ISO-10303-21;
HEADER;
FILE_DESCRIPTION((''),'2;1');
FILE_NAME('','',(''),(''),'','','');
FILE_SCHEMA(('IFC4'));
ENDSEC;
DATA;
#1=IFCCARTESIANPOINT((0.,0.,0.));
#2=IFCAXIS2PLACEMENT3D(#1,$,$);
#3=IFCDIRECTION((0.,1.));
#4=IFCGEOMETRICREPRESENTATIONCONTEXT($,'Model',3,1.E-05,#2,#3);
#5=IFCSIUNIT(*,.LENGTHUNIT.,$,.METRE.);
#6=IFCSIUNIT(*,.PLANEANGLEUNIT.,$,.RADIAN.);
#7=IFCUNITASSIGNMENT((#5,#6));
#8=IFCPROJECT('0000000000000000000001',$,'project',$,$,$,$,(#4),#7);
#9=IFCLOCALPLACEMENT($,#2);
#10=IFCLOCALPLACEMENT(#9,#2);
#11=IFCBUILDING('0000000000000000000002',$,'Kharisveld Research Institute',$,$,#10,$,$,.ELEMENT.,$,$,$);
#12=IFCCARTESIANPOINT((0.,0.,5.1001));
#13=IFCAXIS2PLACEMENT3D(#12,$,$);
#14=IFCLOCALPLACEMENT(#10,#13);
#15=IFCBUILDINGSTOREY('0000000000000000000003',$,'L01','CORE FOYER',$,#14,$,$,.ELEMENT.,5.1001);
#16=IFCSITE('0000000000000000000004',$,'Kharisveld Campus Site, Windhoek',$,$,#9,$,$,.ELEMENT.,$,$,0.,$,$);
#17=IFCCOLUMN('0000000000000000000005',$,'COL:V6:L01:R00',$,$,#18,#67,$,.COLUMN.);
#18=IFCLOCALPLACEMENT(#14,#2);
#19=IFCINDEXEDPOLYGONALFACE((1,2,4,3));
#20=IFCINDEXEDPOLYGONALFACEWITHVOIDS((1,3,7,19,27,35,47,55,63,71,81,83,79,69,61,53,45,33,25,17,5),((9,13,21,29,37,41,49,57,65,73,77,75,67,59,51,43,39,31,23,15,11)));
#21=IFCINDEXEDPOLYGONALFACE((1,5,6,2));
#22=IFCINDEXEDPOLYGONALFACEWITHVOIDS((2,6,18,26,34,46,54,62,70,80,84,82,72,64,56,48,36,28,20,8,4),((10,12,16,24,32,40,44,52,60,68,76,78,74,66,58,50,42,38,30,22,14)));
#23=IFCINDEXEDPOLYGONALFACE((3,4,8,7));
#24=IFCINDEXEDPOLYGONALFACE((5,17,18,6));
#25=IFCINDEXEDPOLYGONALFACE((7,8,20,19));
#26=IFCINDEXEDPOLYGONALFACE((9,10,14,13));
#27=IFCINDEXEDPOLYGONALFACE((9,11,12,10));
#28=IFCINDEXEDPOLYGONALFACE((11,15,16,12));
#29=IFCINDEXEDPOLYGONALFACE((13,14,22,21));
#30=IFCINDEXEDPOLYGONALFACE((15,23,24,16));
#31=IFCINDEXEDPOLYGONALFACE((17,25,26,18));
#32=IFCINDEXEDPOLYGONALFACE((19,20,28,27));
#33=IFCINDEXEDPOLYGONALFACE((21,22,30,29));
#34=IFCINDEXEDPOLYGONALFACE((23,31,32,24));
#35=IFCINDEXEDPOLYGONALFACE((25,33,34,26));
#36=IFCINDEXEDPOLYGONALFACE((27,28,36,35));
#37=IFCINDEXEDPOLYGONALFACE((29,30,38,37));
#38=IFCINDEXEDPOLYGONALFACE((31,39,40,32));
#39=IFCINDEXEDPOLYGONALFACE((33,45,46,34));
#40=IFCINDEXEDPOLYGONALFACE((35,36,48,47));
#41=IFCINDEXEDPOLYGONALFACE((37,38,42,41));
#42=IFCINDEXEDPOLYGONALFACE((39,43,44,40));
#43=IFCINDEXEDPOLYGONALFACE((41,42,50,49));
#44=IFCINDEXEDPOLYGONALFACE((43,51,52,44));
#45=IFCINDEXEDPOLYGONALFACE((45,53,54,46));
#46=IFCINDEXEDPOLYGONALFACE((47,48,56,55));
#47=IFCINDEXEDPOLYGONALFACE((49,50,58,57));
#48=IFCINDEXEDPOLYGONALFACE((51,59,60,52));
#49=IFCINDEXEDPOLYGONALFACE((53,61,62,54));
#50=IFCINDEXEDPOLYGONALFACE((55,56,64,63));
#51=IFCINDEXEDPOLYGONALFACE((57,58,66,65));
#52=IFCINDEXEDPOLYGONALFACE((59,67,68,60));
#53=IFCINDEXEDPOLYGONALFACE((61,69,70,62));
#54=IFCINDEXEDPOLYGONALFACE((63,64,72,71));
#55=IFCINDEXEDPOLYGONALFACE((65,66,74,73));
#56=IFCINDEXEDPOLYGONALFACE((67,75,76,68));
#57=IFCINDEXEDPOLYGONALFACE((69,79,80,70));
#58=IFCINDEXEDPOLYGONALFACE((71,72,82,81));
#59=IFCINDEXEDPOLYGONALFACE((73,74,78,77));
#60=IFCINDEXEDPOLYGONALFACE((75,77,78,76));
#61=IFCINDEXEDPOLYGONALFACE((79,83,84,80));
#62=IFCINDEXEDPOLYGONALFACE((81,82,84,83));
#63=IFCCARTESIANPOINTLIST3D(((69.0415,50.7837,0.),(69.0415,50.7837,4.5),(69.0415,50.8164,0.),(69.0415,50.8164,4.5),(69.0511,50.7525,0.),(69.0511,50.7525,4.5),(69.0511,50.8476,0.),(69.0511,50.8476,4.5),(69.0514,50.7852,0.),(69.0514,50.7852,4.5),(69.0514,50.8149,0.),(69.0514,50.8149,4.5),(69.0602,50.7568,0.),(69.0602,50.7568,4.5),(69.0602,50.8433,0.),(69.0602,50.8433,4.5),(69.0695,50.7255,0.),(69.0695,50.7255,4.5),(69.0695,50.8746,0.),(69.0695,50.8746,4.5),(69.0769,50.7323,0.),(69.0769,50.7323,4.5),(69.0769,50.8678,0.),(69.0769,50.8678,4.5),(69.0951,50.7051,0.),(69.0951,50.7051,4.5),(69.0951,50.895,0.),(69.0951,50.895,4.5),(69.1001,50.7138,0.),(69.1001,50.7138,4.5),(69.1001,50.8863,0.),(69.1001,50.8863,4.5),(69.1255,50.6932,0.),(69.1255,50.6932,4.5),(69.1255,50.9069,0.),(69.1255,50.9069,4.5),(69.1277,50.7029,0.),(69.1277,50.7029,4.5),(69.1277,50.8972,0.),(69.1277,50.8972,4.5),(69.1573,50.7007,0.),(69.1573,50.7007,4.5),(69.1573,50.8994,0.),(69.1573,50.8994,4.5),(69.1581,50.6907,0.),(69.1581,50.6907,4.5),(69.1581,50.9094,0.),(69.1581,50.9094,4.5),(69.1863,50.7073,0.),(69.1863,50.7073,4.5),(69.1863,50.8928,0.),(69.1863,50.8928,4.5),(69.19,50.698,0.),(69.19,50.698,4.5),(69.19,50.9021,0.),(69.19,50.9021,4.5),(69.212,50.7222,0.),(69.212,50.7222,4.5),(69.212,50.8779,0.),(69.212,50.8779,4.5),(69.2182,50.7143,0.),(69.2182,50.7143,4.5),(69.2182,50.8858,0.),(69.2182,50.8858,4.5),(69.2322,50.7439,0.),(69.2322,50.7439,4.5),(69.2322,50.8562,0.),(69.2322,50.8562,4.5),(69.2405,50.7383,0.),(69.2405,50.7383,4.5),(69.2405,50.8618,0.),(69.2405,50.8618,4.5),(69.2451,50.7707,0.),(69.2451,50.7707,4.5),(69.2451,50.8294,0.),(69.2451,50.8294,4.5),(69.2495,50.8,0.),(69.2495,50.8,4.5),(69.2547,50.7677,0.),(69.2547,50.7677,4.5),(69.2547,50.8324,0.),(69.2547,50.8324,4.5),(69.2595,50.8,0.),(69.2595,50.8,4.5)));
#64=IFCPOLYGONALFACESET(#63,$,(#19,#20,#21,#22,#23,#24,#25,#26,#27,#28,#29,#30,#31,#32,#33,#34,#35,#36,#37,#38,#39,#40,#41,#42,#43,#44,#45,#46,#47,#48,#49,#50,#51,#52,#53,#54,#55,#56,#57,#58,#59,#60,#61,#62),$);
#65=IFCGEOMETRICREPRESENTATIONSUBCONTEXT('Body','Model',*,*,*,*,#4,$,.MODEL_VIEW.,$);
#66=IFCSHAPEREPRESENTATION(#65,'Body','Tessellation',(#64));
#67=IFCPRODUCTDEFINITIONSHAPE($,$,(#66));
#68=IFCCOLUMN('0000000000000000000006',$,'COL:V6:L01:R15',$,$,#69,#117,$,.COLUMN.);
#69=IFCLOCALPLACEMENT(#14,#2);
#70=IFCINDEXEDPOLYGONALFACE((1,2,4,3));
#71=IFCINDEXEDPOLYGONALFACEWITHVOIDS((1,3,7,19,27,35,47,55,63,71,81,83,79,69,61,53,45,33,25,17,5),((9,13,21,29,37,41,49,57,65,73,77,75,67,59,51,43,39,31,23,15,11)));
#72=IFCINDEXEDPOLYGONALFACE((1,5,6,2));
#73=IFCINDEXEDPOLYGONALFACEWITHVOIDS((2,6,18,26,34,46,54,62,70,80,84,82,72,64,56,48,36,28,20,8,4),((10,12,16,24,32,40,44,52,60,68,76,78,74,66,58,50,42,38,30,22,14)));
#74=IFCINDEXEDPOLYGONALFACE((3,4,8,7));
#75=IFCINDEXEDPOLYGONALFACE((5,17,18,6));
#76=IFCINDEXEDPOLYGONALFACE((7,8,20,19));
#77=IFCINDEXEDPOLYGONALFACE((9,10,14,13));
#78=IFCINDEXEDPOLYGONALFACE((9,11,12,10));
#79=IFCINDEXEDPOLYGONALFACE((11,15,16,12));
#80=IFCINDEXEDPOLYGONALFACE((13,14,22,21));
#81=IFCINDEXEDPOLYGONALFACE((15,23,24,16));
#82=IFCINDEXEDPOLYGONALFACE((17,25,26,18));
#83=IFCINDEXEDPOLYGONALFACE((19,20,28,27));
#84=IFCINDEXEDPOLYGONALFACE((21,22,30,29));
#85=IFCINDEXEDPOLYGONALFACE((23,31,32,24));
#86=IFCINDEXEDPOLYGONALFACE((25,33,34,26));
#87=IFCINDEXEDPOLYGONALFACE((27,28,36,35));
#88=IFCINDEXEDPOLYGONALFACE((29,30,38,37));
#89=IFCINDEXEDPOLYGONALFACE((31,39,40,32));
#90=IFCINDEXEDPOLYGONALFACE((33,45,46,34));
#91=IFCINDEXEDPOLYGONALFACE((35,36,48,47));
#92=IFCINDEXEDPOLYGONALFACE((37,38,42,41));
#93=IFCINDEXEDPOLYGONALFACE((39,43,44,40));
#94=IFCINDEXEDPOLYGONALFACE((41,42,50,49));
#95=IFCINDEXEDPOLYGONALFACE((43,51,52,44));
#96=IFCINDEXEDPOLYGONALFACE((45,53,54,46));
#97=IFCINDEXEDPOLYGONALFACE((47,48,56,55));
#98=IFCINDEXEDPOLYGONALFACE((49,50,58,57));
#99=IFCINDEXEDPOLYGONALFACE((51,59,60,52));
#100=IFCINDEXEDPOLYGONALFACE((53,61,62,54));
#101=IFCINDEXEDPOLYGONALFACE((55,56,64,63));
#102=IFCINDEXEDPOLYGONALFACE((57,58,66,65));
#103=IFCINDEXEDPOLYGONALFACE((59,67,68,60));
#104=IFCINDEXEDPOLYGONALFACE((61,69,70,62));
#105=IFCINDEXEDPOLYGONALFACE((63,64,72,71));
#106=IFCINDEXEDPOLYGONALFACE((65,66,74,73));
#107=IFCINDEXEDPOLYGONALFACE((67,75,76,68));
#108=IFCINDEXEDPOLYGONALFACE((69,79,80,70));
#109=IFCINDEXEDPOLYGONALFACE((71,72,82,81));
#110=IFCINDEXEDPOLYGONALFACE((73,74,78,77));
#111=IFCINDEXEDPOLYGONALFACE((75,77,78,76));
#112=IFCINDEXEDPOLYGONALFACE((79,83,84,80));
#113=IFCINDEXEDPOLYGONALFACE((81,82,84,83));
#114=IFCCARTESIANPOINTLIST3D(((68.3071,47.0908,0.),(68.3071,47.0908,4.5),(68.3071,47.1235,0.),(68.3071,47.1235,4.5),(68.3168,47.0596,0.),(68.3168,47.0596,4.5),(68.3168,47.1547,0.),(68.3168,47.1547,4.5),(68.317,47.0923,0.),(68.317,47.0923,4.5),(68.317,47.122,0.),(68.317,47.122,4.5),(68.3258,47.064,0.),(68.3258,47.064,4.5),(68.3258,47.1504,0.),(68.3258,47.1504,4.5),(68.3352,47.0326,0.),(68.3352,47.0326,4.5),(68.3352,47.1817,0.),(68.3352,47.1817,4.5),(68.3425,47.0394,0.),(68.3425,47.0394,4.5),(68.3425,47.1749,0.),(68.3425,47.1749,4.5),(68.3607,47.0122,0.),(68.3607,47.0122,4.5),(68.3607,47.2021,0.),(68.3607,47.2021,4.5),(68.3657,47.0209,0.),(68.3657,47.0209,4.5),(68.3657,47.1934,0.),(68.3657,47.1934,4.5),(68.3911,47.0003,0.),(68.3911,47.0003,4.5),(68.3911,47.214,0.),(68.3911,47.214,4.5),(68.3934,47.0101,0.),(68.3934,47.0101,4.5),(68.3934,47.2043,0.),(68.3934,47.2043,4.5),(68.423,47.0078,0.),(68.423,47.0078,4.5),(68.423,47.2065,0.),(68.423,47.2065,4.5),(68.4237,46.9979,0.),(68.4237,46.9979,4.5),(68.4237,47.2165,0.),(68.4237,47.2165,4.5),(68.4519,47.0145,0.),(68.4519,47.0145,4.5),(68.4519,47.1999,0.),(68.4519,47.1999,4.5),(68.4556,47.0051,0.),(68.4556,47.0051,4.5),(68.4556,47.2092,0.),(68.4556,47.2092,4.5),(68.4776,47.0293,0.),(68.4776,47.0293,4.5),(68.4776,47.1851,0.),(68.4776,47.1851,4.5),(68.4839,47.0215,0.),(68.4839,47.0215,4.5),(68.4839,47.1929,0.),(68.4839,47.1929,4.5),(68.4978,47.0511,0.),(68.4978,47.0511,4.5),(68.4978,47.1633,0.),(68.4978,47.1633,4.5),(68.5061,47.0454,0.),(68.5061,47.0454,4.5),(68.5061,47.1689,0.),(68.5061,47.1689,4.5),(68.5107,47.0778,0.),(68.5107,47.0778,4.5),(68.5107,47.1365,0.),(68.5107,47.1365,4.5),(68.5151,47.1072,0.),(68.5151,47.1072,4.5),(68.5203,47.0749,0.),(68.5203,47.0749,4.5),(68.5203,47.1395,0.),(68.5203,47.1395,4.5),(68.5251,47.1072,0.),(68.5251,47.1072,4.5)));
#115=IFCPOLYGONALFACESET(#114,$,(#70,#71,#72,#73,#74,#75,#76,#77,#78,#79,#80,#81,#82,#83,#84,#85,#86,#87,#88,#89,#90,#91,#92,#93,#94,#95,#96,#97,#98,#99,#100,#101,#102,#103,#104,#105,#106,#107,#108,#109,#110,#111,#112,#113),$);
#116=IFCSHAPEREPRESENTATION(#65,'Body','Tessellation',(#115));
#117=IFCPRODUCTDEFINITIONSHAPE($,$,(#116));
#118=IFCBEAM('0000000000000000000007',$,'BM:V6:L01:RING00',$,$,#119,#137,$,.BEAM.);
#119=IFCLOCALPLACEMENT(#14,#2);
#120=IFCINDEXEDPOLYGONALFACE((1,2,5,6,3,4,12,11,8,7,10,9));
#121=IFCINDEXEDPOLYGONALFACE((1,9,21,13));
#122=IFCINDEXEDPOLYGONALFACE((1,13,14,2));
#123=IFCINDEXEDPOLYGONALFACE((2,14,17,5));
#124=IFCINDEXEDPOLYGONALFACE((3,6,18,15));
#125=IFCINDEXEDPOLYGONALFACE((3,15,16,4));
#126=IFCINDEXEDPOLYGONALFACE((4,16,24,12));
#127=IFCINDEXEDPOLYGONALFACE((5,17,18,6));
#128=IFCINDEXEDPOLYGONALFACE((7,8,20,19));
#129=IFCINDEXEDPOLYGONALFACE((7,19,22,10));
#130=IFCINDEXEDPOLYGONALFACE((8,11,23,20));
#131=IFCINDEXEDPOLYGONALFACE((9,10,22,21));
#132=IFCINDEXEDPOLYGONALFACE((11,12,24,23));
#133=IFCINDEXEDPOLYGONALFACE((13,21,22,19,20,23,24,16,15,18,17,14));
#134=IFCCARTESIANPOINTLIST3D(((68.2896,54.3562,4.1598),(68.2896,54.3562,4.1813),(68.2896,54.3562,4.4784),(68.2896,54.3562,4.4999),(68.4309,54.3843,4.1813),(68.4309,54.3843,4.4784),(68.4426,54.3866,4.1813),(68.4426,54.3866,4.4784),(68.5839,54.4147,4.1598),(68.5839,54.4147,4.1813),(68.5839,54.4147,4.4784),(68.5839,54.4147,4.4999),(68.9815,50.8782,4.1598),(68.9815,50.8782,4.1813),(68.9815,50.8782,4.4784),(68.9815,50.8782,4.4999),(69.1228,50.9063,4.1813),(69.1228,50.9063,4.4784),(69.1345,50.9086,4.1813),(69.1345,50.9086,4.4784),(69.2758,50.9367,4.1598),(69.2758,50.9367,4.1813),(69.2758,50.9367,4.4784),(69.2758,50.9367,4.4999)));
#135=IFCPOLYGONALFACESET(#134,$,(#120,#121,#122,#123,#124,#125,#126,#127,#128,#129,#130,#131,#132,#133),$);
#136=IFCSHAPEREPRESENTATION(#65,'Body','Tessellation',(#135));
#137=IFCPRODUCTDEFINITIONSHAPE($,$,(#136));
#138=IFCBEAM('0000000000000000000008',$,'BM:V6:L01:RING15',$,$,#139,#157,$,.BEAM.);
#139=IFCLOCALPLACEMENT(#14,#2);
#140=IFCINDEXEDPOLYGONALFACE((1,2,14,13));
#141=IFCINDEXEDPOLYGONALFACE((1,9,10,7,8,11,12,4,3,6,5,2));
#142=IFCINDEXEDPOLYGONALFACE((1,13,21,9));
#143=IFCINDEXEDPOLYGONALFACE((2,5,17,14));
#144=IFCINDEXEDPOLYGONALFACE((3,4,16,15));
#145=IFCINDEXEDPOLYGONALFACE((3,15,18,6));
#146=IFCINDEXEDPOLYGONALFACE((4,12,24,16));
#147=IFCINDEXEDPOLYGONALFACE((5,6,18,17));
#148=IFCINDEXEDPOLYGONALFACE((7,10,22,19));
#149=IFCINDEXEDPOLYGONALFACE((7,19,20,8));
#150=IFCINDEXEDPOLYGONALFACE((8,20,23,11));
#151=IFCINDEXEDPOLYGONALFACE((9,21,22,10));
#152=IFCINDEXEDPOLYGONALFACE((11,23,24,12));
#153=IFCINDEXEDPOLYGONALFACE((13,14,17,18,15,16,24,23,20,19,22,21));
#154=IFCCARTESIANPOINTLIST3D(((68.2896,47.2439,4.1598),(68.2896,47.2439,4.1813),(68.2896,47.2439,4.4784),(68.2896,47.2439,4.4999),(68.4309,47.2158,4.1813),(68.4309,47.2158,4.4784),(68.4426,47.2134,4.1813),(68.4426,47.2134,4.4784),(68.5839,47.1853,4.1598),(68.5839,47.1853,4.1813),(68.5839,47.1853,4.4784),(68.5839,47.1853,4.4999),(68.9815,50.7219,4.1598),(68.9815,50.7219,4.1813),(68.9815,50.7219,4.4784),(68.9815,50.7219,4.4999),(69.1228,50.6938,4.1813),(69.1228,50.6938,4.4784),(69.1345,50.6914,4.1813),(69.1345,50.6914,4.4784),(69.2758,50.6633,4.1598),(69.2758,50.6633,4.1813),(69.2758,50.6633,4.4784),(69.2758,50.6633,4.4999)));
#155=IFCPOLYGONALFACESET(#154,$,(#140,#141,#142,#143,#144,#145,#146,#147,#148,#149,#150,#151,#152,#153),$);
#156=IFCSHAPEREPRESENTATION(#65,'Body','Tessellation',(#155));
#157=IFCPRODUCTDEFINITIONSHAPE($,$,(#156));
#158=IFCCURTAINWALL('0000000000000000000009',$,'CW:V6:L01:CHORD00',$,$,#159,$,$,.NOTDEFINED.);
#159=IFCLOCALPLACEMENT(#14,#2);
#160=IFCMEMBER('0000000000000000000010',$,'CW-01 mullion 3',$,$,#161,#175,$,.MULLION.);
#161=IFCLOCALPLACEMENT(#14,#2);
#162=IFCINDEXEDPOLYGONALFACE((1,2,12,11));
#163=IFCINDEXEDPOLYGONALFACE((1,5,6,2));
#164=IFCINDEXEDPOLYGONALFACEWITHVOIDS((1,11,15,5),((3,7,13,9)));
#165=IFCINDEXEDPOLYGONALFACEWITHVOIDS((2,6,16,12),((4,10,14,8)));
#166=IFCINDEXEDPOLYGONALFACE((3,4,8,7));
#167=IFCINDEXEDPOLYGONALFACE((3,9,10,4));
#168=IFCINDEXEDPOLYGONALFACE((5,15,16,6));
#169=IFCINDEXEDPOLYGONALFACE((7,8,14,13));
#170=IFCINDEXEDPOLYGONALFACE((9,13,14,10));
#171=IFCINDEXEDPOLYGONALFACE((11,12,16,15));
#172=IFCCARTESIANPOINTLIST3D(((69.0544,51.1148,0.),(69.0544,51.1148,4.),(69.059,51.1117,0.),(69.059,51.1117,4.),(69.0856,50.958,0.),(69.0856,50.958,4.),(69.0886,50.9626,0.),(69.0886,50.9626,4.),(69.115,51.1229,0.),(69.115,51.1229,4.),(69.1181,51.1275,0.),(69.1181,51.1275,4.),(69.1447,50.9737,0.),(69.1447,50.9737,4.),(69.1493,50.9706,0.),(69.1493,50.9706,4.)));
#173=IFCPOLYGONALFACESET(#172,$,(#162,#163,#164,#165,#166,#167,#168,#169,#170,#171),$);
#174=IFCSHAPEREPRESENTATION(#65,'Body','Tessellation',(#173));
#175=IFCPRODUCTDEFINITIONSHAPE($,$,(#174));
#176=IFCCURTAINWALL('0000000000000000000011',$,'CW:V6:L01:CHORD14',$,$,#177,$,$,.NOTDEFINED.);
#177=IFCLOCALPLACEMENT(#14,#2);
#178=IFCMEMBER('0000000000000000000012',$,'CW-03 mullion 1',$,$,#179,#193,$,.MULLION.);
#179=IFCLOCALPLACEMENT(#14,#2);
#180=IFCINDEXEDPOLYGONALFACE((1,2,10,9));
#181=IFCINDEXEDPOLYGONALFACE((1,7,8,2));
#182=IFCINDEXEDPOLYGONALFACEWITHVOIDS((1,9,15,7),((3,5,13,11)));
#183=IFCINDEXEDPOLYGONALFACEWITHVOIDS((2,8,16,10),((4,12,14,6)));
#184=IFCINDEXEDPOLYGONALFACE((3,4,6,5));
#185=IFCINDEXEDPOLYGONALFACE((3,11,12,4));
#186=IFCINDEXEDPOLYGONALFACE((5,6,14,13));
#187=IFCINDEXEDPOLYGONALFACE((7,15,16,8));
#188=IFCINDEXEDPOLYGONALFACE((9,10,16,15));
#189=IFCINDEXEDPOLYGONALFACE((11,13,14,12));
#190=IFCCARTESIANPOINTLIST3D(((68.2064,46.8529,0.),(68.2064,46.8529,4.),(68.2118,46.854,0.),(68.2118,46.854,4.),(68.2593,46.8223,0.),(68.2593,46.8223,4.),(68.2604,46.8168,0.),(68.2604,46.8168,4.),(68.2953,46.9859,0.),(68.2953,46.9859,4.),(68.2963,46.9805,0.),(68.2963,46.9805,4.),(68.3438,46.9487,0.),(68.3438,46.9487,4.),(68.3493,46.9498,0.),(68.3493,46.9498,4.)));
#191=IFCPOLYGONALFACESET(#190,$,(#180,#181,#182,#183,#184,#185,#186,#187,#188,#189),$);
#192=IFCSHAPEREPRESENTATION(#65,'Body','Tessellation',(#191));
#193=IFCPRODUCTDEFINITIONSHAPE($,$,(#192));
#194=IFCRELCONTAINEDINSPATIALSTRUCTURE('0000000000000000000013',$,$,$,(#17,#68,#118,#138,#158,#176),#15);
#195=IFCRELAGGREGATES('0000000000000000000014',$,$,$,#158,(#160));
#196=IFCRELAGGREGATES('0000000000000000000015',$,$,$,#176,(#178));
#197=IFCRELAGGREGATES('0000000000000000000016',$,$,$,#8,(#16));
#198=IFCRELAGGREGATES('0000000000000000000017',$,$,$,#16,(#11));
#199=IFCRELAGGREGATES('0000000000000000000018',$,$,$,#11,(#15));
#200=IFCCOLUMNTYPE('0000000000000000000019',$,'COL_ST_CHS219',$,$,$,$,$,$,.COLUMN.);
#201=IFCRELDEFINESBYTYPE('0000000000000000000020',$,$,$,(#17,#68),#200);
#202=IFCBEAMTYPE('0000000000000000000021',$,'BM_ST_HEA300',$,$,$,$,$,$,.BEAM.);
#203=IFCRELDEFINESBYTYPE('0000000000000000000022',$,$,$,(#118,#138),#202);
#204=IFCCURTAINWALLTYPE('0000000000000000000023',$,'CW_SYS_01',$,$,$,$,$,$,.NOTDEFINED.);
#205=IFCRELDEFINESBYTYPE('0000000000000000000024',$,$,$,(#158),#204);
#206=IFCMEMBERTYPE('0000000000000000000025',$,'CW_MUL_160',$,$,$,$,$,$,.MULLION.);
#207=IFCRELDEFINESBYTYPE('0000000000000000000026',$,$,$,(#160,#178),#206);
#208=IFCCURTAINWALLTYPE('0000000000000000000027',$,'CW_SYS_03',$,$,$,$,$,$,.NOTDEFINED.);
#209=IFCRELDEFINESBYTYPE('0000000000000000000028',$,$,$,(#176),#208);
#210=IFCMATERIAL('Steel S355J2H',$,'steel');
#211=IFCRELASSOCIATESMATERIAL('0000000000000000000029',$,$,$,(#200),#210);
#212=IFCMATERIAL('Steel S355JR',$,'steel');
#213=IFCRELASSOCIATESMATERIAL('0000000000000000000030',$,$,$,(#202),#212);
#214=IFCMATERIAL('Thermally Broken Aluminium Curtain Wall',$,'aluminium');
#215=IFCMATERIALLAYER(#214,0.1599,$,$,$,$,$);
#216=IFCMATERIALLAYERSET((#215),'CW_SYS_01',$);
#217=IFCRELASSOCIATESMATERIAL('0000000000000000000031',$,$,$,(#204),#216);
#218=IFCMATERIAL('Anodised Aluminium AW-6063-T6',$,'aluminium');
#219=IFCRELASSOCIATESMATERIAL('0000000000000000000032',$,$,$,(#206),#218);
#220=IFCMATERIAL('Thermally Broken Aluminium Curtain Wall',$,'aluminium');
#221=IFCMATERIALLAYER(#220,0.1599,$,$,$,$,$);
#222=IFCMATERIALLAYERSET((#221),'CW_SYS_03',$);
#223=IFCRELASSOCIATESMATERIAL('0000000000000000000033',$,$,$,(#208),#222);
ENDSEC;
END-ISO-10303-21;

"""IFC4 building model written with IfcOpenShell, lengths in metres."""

from ifc_helpers import new_model, si_unit, direction, frame, origin, origin_2d, place, context, subcontext, project, spatial, hollow_rectangle, hollow_circle, i_section, extrude, material, layer, layer_set, material_profile, profile_set, type_object, element, aggregate, save


model = new_model("IFC4")

# Units and contexts
model_context = context("Model", 3, precision=1e-05, world=origin(), true_north=direction((0.0, 1.0)))
body_context = subcontext(model_context, "Body", "Model", "MODEL_VIEW")
ifc_project = project(units=[si_unit("LENGTHUNIT", "METRE"), si_unit("PLANEANGLEUNIT", "RADIAN")], contexts=[model_context])

# Site, building, storey
site_placement = place(None, origin())
site = spatial("IfcSite", under=ifc_project, at=site_placement, Name="Kharisveld Campus Site, Windhoek", CompositionType="ELEMENT", RefElevation=0.0)
building_placement = place(site_placement, origin())
building = spatial("IfcBuilding", under=site, at=building_placement, Name="Kharisveld Research Institute", CompositionType="ELEMENT")
storey_placement = place(building_placement, frame((0.0, 0.0, 5.1001)))
storey = spatial("IfcBuildingStorey", under=building, at=storey_placement, Name="L01", Description="CORE FOYER", CompositionType="ELEMENT", Elevation=5.1001)

# Columns
ifc_material_1 = material(Name="Steel S355J2H", Category="steel")
ifc_material_profile_1 = material_profile(ifc_material_1, hollow_circle(Radius=0.1096, WallThickness=0.01, at=origin_2d()))
ifc_profile_set_1 = profile_set([ifc_material_profile_1], Name="Steel S355J2H")
column_type = type_object("IfcColumnType", Name="COL_ST_CHS219", PredefinedType="COLUMN", material=ifc_profile_set_1)
for number, where, z_axis, x_axis, name in (
    (1, (69.1499, 50.8, 0.0), (0.0, 0.0, 1.0), (1.0, 0.0, 0.0), "COL:V6:L01:R00"),
    (2, (68.4155, 47.1072, 0.0), (0.0, 0.0, 1.0), (1.0, 0.0, 0.0), "COL:V6:L01:R15"),
):
    element("IfcColumn", number, at=place(storey_placement, frame(where, z_axis=z_axis, x_axis=x_axis)), inside=storey, type_object=column_type, Name=name, PredefinedType="COLUMN", context=body_context, shape_type="SweptSolid", body=[
        extrude(hollow_circle(Radius=0.1096, WallThickness=0.01, at=origin_2d()), origin(), (0.0, 0.0, 1.0), 4.5),
    ])

# Beams
ifc_material_2 = material(Name="Steel S355JR", Category="steel")
ifc_material_profile_2 = material_profile(ifc_material_2, i_section(OverallWidth=0.3, OverallDepth=0.3401, WebThickness=0.012, FlangeThickness=0.0215, at=origin_2d()))
ifc_profile_set_2 = profile_set([ifc_material_profile_2], Name="Steel S355JR")
beam_type = type_object("IfcBeamType", Name="BM_ST_HEA300", PredefinedType="BEAM", material=ifc_profile_set_2)
for number, where, z_axis, x_axis, name in (
    (3, (69.1287, 50.9075, 4.3298), (-0.19511, 0.980781, 0.0), (-0.980781, -0.19511, 0.0), "BM:V6:L01:RING00"),
    (4, (68.4368, 47.2146, 4.3298), (0.19511, 0.980781, 0.0), (-0.980781, 0.19511, 0.0), "BM:V6:L01:RING15"),
):
    element("IfcBeam", number, at=place(storey_placement, frame(where, z_axis=z_axis, x_axis=x_axis)), inside=storey, type_object=beam_type, Name=name, PredefinedType="BEAM", context=body_context, shape_type="SweptSolid", body=[
        extrude(i_section(OverallWidth=0.3, OverallDepth=0.3401, WebThickness=0.012, FlangeThickness=0.0215, at=origin_2d()), origin(), (0.0, 0.0, 1.0), 3.5461),
    ])

# Curtain walls, members
ifc_material_3 = material(Name="Thermally Broken Aluminium Curtain Wall", Category="aluminium")
ifc_layer_1 = layer(ifc_material_3, 0.1599)
ifc_layer_set_1 = layer_set([ifc_layer_1], Name="CW_SYS_01")
curtain_wall_type_1 = type_object("IfcCurtainWallType", Name="CW_SYS_01", PredefinedType="NOTDEFINED", material=ifc_layer_set_1)
curtain_wall_1_placement = place(storey_placement, origin())
curtain_wall_1 = element("IfcCurtainWall", 5, at=curtain_wall_1_placement, inside=storey, type_object=curtain_wall_type_1, Name="CW:V6:L01:CHORD00", PredefinedType="NOTDEFINED")
ifc_material_4 = material(Name="Anodised Aluminium AW-6063-T6", Category="aluminium")
ifc_material_profile_3 = material_profile(ifc_material_4, hollow_rectangle(XDim=0.0649, YDim=0.1599, WallThickness=0.0039, at=origin_2d()))
ifc_profile_set_3 = profile_set([ifc_material_profile_3], Name="Anodised Aluminium AW-6063-T6")
member_type_1 = type_object("IfcMemberType", Name="CW_MUL_160", PredefinedType="MULLION", material=ifc_profile_set_3)
member_1_placement = place(storey_placement, frame((69.1018, 51.0427, 0.0), z_axis=(0.0, 0.0, 1.0), x_axis=(0.980785, 0.195091, 0.0)))
member_1 = element("IfcMember", 6, at=member_1_placement, type_object=member_type_1, Name="CW-01 mullion 3", PredefinedType="MULLION", context=body_context, shape_type="SweptSolid", body=[
    extrude(hollow_rectangle(XDim=0.0649, YDim=0.1599, WallThickness=0.0039, at=origin_2d()), origin(), (0.0, 0.0, 1.0), 4.0),
])
ifc_material_5 = material(Name="Thermally Broken Aluminium Curtain Wall", Category="aluminium")
ifc_layer_2 = layer(ifc_material_5, 0.1599)
ifc_layer_set_2 = layer_set([ifc_layer_2], Name="CW_SYS_03")
curtain_wall_type_2 = type_object("IfcCurtainWallType", Name="CW_SYS_03", PredefinedType="NOTDEFINED", material=ifc_layer_set_2)
curtain_wall_2_placement = place(storey_placement, origin())
curtain_wall_2 = element("IfcCurtainWall", 7, at=curtain_wall_2_placement, inside=storey, type_object=curtain_wall_type_2, Name="CW:V6:L01:CHORD14", PredefinedType="NOTDEFINED")
member_2_placement = place(storey_placement, frame((68.2778, 46.9014, 0.0), z_axis=(0.0, 0.0, 1.0), x_axis=(0.83147, -0.55557, 0.0)))
member_2 = element("IfcMember", 8, at=member_2_placement, type_object=member_type_1, Name="CW-03 mullion 1", PredefinedType="MULLION", context=body_context, shape_type="SweptSolid", body=[
    extrude(hollow_rectangle(XDim=0.0649, YDim=0.1599, WallThickness=0.0039, at=origin_2d()), origin(), (0.0, 0.0, 1.0), 4.0),
])

aggregate(curtain_wall_1, [member_1])
aggregate(curtain_wall_2, [member_2])

save(model, "model.ifc")
